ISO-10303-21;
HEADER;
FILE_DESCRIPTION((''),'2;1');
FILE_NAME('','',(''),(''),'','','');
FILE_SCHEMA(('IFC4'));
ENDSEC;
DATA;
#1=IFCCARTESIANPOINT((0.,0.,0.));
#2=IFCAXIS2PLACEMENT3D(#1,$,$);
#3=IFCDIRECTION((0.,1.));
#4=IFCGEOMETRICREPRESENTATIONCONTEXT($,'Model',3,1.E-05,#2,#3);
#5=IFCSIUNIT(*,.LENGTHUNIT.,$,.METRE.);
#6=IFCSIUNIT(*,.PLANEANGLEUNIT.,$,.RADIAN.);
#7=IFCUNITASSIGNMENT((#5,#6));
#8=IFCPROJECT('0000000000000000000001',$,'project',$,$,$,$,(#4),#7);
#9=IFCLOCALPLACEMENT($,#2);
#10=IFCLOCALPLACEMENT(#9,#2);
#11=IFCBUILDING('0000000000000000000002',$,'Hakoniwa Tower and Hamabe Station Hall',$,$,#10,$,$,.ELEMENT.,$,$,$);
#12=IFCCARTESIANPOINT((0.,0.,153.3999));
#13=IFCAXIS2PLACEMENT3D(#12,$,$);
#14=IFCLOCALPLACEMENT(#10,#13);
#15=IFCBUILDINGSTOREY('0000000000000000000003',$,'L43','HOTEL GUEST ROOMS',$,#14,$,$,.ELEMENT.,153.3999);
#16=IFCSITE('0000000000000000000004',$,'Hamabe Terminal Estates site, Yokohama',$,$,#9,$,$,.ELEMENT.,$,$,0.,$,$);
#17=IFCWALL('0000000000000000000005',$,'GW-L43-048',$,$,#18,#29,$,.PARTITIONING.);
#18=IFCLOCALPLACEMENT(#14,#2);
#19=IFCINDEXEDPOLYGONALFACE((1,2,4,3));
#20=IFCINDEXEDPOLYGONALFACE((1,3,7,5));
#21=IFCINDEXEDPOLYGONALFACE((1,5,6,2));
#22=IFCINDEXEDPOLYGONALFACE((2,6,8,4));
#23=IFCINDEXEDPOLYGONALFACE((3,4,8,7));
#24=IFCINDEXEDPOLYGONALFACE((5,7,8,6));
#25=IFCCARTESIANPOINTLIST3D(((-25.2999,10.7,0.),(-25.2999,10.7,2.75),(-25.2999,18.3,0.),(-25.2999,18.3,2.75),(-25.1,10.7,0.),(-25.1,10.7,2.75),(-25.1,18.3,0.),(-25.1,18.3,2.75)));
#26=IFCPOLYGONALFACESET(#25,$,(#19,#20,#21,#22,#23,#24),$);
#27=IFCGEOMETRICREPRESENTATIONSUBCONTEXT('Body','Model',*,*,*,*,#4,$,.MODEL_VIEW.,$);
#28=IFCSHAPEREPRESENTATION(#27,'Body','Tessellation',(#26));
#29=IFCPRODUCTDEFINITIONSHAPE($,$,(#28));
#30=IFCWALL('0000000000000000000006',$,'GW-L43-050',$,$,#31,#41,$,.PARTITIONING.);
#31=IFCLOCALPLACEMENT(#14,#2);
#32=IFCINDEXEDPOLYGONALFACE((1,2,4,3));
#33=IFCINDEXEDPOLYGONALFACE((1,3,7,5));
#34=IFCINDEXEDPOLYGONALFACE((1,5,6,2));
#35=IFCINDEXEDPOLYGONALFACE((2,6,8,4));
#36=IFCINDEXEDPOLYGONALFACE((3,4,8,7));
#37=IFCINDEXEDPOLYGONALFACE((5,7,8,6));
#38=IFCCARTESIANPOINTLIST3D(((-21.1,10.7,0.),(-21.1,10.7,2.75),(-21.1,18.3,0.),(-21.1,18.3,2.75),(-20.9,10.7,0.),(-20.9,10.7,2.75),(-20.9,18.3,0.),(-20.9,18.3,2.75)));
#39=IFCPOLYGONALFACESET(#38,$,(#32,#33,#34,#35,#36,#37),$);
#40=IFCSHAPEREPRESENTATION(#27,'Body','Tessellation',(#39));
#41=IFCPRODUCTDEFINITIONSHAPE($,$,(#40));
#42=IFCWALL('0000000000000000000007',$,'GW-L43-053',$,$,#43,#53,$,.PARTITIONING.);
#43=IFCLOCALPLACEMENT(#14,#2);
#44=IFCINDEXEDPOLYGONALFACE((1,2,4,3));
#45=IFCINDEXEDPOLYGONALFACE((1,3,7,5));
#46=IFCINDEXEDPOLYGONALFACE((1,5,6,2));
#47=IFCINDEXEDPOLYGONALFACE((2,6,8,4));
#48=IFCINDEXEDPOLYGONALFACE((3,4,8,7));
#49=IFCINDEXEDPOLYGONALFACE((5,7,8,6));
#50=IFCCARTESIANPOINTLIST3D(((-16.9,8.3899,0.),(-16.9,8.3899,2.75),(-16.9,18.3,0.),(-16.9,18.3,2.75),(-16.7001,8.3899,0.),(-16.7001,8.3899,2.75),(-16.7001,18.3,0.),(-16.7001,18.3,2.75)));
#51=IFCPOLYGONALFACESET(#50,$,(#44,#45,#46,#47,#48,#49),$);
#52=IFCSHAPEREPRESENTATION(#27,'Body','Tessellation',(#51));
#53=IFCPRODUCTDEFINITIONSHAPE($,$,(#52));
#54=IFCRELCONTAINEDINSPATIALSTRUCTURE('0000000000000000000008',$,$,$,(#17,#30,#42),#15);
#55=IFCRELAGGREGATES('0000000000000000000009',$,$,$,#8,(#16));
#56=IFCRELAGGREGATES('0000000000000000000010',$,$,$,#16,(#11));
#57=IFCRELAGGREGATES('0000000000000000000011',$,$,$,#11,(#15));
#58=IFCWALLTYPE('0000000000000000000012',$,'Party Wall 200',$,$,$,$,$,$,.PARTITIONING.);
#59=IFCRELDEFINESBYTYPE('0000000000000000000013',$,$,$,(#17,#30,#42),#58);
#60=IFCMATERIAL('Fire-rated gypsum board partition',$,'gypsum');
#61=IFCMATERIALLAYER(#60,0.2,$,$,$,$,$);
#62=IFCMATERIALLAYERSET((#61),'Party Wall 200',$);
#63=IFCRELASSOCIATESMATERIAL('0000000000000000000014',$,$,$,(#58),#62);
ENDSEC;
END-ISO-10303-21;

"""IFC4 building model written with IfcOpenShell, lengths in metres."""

from ifc_helpers import new_model, si_unit, direction, frame, frame_2d, origin, place, context, subcontext, project, spatial, rectangle, extrude, material, layer, layer_set, type_object, element, save


model = new_model("IFC4")

# Units and contexts
model_context = context("Model", 3, precision=1e-05, world=origin(), true_north=direction((0.0, 1.0)))
body_context = subcontext(model_context, "Body", "Model", "MODEL_VIEW")
ifc_project = project(units=[si_unit("LENGTHUNIT", "METRE"), si_unit("PLANEANGLEUNIT", "RADIAN")], contexts=[model_context])

# Site, building, storey
site_placement = place(None, origin())
site = spatial("IfcSite", under=ifc_project, at=site_placement, Name="Hamabe Terminal Estates site, Yokohama", CompositionType="ELEMENT", RefElevation=0.0)
building_placement = place(site_placement, origin())
building = spatial("IfcBuilding", under=site, at=building_placement, Name="Hakoniwa Tower and Hamabe Station Hall", CompositionType="ELEMENT")
storey_placement = place(building_placement, frame((0.0, 0.0, 153.3999)))
storey = spatial("IfcBuildingStorey", under=building, at=storey_placement, Name="L43", Description="HOTEL GUEST ROOMS", CompositionType="ELEMENT", Elevation=153.3999)

# Walls
ifc_material_1 = material(Name="Fire-rated gypsum board partition", Category="gypsum")
ifc_layer_1 = layer(ifc_material_1, 0.2)
ifc_layer_set_1 = layer_set([ifc_layer_1], Name="Party Wall 200")
wall_type_1 = type_object("IfcWallType", Name="Party Wall 200", PredefinedType="PARTITIONING", material=ifc_layer_set_1)
for number, where, z_axis, x_axis, name in (
    (1, (-25.2, 10.7, 0.0), (0.0, 0.0, 1.0), (0.0, 1.0, 0.0), "GW-L43-048"),
    (2, (-21.0, 10.7, 0.0), (0.0, 0.0, 1.0), (0.0, 1.0, 0.0), "GW-L43-050"),
):
    element("IfcWall", number, at=place(storey_placement, frame(where, z_axis=z_axis, x_axis=x_axis)), inside=storey, type_object=wall_type_1, Name=name, PredefinedType="PARTITIONING", context=body_context, shape_type="SweptSolid", body=[
        extrude(rectangle(XDim=7.6001, YDim=0.2, at=frame_2d((3.8, 0.0))), origin(), (0.0, 0.0, 1.0), 2.75),
    ])
wall_1_placement = place(storey_placement, frame((-16.8, 8.3899, 0.0), z_axis=(0.0, 0.0, 1.0), x_axis=(0.0, 1.0, 0.0)))
element("IfcWall", 3, at=wall_1_placement, inside=storey, type_object=wall_type_1, Name="GW-L43-053", PredefinedType="PARTITIONING", context=body_context, shape_type="SweptSolid", body=[
    extrude(rectangle(XDim=9.9102, YDim=0.2, at=frame_2d((4.9551, 0.0))), origin(), (0.0, 0.0, 1.0), 2.75),
])

save(model, "model.ifc")
